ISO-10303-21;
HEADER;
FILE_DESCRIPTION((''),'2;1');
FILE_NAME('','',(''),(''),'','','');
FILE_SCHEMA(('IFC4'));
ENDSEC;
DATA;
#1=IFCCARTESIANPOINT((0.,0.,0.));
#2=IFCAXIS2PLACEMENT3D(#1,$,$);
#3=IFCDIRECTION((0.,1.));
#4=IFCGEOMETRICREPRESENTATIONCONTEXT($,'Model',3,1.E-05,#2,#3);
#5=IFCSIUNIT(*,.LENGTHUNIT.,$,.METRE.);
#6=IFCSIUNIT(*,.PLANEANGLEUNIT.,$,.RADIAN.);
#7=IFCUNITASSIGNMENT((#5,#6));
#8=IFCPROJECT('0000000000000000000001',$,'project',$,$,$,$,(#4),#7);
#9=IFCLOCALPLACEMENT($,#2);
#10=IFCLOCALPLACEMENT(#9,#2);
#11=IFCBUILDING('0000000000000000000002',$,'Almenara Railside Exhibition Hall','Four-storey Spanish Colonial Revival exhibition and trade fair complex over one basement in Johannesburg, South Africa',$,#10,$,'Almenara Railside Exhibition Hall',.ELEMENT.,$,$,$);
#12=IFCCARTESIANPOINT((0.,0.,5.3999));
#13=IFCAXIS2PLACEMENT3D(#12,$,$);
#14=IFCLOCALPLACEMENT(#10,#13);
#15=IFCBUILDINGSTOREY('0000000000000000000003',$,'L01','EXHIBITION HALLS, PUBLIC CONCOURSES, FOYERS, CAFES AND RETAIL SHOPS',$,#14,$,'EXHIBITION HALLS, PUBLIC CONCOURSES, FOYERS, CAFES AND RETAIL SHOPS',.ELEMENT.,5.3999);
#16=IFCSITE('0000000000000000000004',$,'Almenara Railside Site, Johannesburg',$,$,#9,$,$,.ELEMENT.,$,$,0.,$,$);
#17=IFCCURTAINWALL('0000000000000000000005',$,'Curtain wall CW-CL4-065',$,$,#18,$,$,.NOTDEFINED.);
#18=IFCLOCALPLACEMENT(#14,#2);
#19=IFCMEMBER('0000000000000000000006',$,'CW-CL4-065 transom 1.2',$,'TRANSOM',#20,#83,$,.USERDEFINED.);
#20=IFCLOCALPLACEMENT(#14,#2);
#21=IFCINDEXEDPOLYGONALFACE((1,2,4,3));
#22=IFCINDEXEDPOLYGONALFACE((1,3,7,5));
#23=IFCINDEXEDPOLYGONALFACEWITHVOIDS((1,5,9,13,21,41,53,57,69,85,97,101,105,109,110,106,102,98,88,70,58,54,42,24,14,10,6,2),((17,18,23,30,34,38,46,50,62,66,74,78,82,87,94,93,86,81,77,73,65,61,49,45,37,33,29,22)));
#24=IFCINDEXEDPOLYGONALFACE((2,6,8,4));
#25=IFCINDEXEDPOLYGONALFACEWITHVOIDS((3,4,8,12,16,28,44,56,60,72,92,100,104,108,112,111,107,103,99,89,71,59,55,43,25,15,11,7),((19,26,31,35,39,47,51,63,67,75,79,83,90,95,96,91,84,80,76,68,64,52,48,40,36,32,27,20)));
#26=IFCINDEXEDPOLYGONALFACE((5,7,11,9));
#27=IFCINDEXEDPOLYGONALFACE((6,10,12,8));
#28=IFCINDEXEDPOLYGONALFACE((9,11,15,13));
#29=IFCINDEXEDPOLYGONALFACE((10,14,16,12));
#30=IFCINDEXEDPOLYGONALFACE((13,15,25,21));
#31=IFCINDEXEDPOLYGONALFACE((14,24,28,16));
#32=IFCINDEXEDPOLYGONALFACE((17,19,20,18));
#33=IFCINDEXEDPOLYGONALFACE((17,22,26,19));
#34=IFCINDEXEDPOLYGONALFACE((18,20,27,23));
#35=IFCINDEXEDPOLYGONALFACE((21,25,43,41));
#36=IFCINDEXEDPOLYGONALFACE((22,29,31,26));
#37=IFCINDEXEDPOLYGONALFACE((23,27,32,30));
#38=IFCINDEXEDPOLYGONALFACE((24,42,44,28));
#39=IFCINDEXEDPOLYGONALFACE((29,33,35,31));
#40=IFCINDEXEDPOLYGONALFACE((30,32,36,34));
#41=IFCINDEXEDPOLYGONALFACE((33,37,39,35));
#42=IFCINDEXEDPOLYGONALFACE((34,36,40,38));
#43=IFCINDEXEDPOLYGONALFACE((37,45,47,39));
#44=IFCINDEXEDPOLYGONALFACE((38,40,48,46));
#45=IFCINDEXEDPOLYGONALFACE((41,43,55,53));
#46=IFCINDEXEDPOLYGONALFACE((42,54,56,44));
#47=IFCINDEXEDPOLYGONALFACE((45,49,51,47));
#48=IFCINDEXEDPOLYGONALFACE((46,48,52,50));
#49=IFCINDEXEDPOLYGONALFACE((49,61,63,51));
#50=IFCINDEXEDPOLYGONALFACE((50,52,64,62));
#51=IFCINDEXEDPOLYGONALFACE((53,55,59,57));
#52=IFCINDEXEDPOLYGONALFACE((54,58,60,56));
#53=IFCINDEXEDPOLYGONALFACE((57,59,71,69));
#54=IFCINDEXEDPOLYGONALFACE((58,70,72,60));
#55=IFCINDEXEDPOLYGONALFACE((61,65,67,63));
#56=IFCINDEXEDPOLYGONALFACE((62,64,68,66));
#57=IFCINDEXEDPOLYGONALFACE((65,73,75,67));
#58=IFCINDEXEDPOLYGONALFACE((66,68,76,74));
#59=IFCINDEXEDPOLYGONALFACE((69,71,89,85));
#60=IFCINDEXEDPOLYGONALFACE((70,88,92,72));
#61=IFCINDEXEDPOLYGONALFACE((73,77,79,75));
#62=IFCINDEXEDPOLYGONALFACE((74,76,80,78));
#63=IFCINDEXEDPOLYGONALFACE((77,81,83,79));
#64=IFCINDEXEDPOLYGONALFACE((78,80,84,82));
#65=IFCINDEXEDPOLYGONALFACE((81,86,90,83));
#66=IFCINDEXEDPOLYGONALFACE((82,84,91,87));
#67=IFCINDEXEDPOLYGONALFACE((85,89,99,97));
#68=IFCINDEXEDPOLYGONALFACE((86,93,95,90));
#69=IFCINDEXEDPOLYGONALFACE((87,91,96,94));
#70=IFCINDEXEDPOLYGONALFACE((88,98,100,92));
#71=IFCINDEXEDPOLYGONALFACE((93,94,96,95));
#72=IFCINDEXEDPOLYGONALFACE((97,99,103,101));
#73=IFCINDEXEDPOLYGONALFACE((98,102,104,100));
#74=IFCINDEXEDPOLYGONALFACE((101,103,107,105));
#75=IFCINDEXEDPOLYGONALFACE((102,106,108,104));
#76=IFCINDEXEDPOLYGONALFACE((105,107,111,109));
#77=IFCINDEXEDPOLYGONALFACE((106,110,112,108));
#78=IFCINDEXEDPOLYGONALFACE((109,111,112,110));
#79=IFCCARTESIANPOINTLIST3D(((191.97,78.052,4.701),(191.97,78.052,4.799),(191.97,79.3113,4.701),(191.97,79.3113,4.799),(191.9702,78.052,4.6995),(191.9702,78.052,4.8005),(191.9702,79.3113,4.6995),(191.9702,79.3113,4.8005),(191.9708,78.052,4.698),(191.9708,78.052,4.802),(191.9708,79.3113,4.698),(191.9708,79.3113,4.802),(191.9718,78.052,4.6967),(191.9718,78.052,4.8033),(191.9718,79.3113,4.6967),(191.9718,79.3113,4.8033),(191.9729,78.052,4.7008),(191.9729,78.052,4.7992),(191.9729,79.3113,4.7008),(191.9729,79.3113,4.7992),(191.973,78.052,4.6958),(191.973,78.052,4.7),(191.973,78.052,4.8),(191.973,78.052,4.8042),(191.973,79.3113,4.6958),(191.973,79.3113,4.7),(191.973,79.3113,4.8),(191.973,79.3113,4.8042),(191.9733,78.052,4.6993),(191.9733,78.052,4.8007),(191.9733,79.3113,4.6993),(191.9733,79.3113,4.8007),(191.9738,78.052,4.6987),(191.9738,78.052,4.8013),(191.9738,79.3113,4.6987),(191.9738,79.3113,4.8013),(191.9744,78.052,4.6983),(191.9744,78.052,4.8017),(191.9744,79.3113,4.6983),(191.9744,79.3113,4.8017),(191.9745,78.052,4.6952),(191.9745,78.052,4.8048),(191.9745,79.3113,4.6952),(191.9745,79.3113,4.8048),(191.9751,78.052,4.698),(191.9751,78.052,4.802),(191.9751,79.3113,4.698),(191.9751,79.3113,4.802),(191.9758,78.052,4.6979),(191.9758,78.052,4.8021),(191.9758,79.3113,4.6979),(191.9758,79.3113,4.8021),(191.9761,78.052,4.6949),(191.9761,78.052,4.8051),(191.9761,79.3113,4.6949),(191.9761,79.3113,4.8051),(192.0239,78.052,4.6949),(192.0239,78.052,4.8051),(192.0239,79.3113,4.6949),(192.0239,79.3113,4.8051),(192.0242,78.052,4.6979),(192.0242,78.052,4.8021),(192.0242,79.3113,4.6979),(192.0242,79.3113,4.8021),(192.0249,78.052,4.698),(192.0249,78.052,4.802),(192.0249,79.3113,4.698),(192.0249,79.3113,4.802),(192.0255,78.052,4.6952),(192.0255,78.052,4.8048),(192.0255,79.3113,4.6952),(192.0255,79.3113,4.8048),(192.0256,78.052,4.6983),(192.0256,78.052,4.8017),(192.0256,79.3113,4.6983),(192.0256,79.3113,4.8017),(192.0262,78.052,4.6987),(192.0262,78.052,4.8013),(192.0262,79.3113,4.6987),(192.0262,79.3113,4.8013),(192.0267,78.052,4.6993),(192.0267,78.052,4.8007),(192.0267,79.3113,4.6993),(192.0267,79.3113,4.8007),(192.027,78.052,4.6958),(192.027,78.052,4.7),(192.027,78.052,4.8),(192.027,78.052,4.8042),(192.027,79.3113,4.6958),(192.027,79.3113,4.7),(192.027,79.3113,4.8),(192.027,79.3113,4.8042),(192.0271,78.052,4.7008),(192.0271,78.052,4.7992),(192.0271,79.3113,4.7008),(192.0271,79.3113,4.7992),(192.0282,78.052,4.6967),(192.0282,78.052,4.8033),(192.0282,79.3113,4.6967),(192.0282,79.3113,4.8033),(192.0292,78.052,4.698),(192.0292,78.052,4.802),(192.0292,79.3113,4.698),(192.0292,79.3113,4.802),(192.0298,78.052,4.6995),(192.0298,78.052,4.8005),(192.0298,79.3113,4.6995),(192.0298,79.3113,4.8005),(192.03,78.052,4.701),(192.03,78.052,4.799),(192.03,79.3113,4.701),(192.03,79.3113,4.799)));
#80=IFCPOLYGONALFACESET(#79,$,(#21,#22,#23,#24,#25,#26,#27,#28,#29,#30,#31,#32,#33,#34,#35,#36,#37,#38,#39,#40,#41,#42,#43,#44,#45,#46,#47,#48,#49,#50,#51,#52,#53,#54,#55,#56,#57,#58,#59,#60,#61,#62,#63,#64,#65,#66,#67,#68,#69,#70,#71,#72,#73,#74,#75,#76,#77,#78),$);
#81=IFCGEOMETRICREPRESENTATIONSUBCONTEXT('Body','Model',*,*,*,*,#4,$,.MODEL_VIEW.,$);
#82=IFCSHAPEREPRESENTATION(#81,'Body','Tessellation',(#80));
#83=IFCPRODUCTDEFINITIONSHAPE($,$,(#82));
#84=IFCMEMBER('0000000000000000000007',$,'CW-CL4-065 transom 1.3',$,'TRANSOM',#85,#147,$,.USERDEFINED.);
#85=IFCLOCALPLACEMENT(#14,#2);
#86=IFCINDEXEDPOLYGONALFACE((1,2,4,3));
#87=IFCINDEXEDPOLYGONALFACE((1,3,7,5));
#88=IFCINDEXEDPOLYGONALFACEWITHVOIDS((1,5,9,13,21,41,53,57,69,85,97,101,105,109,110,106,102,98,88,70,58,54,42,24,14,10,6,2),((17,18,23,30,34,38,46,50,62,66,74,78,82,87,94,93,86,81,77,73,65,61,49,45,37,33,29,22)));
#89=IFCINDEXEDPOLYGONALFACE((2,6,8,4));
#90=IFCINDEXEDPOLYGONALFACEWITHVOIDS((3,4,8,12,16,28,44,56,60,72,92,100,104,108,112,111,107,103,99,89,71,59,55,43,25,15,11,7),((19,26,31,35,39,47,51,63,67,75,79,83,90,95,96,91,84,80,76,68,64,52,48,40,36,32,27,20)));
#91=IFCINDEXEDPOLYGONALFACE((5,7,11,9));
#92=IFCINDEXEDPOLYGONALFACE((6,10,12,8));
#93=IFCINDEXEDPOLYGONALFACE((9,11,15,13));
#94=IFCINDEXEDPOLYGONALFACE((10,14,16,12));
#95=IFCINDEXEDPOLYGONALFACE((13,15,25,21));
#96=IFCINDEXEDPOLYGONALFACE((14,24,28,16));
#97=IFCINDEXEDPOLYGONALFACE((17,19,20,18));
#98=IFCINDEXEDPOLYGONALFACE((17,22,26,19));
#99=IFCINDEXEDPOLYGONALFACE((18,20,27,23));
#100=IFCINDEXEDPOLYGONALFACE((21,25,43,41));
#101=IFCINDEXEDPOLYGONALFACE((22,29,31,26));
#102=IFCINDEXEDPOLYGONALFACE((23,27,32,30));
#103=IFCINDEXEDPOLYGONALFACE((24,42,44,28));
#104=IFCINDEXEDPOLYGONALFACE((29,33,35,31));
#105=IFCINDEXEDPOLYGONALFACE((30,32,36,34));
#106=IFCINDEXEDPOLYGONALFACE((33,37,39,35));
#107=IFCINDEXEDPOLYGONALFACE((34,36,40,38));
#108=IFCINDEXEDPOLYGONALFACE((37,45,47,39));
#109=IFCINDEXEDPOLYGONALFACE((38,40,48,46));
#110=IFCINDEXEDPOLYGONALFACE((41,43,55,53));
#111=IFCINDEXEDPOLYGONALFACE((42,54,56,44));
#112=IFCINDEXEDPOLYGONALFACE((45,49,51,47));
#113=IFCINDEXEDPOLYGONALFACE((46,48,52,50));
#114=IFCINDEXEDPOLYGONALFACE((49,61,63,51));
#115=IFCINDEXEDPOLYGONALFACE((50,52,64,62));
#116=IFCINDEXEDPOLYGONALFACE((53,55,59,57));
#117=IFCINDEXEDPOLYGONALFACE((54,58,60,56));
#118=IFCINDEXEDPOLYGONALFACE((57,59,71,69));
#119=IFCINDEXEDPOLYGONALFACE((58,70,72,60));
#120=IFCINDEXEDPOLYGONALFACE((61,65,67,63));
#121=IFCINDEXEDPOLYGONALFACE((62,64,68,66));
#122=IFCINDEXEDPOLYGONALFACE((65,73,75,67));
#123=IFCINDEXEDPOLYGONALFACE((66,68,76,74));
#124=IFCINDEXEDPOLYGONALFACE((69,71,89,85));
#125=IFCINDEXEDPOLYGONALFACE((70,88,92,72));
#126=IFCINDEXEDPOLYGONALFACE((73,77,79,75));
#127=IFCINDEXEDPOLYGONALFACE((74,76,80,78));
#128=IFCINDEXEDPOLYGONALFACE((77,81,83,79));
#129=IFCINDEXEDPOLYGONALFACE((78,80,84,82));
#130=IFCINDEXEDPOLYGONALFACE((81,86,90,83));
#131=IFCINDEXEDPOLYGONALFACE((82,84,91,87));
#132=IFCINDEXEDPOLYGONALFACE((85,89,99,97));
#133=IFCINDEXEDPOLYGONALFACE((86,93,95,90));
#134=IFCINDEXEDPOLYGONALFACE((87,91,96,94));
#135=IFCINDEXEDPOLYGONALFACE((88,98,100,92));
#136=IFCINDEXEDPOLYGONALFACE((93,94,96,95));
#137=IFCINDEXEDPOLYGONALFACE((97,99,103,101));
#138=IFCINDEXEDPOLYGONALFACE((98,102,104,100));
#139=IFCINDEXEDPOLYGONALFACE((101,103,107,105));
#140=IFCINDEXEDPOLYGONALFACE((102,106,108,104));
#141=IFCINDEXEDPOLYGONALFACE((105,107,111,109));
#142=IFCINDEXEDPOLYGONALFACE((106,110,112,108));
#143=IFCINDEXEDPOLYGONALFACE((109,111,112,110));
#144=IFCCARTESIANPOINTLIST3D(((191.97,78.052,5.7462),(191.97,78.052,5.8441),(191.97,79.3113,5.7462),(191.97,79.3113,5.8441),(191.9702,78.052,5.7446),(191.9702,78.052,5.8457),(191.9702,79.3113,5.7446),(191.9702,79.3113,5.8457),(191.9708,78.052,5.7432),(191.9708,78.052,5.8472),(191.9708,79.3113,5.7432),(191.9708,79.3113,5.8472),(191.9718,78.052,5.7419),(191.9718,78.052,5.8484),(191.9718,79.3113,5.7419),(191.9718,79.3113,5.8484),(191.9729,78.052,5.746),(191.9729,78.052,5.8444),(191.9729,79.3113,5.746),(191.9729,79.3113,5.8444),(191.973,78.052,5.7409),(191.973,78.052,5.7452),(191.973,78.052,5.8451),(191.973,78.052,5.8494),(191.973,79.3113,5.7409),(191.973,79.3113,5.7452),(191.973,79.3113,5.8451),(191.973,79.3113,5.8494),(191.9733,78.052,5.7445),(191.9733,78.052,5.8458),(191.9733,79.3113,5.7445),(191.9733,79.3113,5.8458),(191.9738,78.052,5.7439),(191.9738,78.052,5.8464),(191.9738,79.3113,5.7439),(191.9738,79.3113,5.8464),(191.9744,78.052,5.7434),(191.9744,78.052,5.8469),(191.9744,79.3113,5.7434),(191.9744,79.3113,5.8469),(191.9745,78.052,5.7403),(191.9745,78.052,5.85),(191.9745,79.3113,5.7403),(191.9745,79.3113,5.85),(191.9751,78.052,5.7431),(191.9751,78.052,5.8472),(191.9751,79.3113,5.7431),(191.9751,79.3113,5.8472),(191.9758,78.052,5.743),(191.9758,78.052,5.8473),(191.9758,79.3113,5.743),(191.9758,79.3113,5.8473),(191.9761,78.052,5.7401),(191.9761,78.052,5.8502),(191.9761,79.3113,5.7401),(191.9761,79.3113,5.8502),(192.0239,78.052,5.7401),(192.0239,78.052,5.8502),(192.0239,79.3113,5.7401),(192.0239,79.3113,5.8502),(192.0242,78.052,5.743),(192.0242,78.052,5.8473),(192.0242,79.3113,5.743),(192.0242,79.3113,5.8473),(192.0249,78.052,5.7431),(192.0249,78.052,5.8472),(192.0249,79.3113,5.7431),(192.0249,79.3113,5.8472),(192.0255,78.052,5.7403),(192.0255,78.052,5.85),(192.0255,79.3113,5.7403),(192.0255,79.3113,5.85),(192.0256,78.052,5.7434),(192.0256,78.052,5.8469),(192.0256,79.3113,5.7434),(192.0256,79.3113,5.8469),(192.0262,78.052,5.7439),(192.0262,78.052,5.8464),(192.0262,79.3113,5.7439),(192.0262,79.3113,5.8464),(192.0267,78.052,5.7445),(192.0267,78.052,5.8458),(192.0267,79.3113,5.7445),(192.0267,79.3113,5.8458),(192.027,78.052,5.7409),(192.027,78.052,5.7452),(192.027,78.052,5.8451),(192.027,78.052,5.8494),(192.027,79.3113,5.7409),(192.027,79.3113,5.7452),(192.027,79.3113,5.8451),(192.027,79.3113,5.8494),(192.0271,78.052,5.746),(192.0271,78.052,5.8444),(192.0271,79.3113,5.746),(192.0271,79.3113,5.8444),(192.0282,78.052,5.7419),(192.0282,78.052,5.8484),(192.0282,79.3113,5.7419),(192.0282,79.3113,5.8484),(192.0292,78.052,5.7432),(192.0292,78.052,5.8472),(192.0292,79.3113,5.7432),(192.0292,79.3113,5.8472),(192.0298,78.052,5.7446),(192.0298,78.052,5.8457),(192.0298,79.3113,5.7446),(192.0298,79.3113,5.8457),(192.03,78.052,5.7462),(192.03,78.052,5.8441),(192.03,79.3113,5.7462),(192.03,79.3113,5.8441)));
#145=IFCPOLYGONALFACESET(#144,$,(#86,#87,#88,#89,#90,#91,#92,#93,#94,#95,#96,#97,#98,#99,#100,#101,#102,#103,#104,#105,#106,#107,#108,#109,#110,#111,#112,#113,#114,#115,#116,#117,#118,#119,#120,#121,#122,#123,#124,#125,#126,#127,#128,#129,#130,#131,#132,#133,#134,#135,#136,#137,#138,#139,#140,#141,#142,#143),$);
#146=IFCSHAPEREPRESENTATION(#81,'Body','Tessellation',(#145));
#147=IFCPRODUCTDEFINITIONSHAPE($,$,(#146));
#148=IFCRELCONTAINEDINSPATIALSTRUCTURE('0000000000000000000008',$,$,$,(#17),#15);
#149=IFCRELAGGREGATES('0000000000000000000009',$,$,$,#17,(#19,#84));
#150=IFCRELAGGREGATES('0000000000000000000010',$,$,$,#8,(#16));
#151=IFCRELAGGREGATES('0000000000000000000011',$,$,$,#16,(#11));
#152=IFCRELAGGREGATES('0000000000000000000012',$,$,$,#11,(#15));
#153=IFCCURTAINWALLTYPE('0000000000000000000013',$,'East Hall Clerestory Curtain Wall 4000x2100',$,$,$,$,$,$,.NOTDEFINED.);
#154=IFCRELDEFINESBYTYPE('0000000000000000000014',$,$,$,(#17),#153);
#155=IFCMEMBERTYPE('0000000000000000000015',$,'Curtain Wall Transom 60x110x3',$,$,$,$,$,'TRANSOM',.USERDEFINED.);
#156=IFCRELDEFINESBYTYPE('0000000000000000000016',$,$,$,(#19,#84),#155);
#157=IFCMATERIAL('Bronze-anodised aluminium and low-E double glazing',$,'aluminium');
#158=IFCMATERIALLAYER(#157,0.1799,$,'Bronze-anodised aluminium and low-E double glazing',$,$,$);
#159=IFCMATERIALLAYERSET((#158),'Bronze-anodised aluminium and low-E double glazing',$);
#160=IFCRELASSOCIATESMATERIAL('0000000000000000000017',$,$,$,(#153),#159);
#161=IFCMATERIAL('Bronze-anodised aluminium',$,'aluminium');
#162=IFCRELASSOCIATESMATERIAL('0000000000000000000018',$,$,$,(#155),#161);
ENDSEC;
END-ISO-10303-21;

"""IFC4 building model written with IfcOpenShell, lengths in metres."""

from ifc_helpers import new_model, si_unit, direction, frame, origin, origin_2d, place, context, subcontext, project, spatial, hollow_rectangle, extrude, material, layer, layer_set, material_profile, profile_set, type_object, element, aggregate, save


model = new_model("IFC4")

# Units and contexts
model_context = context("Model", 3, precision=1e-05, world=origin(), true_north=direction((0.0, 1.0)))
body_context = subcontext(model_context, "Body", "Model", "MODEL_VIEW")
ifc_project = project(units=[si_unit("LENGTHUNIT", "METRE"), si_unit("PLANEANGLEUNIT", "RADIAN")], contexts=[model_context])

# Site, building, storey
site_placement = place(None, origin())
site = spatial("IfcSite", under=ifc_project, at=site_placement, Name="Almenara Railside Site, Johannesburg", CompositionType="ELEMENT", RefElevation=0.0)
building_placement = place(site_placement, origin())
building = spatial("IfcBuilding", under=site, at=building_placement, Name="Almenara Railside Exhibition Hall", Description="Four-storey Spanish Colonial Revival exhibition and trade fair complex over one basement in Johannesburg, South Africa", LongName="Almenara Railside Exhibition Hall", CompositionType="ELEMENT")
storey_placement = place(building_placement, frame((0.0, 0.0, 5.3999)))
storey = spatial("IfcBuildingStorey", under=building, at=storey_placement, Name="L01", Description="EXHIBITION HALLS, PUBLIC CONCOURSES, FOYERS, CAFES AND RETAIL SHOPS", LongName="EXHIBITION HALLS, PUBLIC CONCOURSES, FOYERS, CAFES AND RETAIL SHOPS", CompositionType="ELEMENT", Elevation=5.3999)

# Shared definitions
ifc_material_1 = material(Name="Bronze-anodised aluminium and low-E double glazing", Category="aluminium")
ifc_layer_1 = layer(ifc_material_1, 0.1799, Name="Bronze-anodised aluminium and low-E double glazing")
ifc_layer_set_1 = layer_set([ifc_layer_1], Name="Bronze-anodised aluminium and low-E double glazing")
curtain_wall_type = type_object("IfcCurtainWallType", Name="East Hall Clerestory Curtain Wall 4000x2100", PredefinedType="NOTDEFINED", material=ifc_layer_set_1)
ifc_material_2 = material(Name="Bronze-anodised aluminium", Category="aluminium")

# Curtain wall, members
curtain_wall_1_placement = place(storey_placement, origin())
curtain_wall_1 = element("IfcCurtainWall", 1, at=curtain_wall_1_placement, inside=storey, type_object=curtain_wall_type, Name="Curtain wall CW-CL4-065", PredefinedType="NOTDEFINED")
ifc_material_profile_1 = material_profile(ifc_material_2, hollow_rectangle(XDim=0.0601, YDim=0.1101, WallThickness=0.0029, InnerFilletRadius=0.0029, OuterFilletRadius=0.0061, at=origin_2d()), Name="ALU-TRN 60x110x3")
ifc_profile_set_1 = profile_set([ifc_material_profile_1], Name="Bronze-anodised aluminium")
member_type_1 = type_object("IfcMemberType", Name="Curtain Wall Transom 60x110x3", ElementType="TRANSOM", PredefinedType="USERDEFINED", material=ifc_profile_set_1)
member_1_placement = place(storey_placement, frame((192.0, 78.052, 4.75), z_axis=(0.0, 1.0, 0.0), x_axis=(-1.0, 0.0, 0.0)))
member_1 = element("IfcMember", 2, at=member_1_placement, type_object=member_type_1, Name="CW-CL4-065 transom 1.2", ObjectType="TRANSOM", PredefinedType="USERDEFINED", context=body_context, shape_type="SweptSolid", body=[
    extrude(hollow_rectangle(XDim=0.0601, YDim=0.1101, WallThickness=0.0029, InnerFilletRadius=0.0029, OuterFilletRadius=0.0061, at=origin_2d()), origin(), (0.0, 0.0, 1.0), 1.2593),
])
member_2_placement = place(storey_placement, frame((192.0, 78.052, 5.7952), z_axis=(0.0, 1.0, 0.0), x_axis=(-1.0, 0.0, 0.0)))
member_2 = element("IfcMember", 3, at=member_2_placement, type_object=member_type_1, Name="CW-CL4-065 transom 1.3", ObjectType="TRANSOM", PredefinedType="USERDEFINED", context=body_context, shape_type="SweptSolid", body=[
    extrude(hollow_rectangle(XDim=0.0601, YDim=0.1101, WallThickness=0.0029, InnerFilletRadius=0.0029, OuterFilletRadius=0.0061, at=origin_2d()), origin(), (0.0, 0.0, 1.0), 1.2593),
])

aggregate(curtain_wall_1, [member_1, member_2])

save(model, "model.ifc")
